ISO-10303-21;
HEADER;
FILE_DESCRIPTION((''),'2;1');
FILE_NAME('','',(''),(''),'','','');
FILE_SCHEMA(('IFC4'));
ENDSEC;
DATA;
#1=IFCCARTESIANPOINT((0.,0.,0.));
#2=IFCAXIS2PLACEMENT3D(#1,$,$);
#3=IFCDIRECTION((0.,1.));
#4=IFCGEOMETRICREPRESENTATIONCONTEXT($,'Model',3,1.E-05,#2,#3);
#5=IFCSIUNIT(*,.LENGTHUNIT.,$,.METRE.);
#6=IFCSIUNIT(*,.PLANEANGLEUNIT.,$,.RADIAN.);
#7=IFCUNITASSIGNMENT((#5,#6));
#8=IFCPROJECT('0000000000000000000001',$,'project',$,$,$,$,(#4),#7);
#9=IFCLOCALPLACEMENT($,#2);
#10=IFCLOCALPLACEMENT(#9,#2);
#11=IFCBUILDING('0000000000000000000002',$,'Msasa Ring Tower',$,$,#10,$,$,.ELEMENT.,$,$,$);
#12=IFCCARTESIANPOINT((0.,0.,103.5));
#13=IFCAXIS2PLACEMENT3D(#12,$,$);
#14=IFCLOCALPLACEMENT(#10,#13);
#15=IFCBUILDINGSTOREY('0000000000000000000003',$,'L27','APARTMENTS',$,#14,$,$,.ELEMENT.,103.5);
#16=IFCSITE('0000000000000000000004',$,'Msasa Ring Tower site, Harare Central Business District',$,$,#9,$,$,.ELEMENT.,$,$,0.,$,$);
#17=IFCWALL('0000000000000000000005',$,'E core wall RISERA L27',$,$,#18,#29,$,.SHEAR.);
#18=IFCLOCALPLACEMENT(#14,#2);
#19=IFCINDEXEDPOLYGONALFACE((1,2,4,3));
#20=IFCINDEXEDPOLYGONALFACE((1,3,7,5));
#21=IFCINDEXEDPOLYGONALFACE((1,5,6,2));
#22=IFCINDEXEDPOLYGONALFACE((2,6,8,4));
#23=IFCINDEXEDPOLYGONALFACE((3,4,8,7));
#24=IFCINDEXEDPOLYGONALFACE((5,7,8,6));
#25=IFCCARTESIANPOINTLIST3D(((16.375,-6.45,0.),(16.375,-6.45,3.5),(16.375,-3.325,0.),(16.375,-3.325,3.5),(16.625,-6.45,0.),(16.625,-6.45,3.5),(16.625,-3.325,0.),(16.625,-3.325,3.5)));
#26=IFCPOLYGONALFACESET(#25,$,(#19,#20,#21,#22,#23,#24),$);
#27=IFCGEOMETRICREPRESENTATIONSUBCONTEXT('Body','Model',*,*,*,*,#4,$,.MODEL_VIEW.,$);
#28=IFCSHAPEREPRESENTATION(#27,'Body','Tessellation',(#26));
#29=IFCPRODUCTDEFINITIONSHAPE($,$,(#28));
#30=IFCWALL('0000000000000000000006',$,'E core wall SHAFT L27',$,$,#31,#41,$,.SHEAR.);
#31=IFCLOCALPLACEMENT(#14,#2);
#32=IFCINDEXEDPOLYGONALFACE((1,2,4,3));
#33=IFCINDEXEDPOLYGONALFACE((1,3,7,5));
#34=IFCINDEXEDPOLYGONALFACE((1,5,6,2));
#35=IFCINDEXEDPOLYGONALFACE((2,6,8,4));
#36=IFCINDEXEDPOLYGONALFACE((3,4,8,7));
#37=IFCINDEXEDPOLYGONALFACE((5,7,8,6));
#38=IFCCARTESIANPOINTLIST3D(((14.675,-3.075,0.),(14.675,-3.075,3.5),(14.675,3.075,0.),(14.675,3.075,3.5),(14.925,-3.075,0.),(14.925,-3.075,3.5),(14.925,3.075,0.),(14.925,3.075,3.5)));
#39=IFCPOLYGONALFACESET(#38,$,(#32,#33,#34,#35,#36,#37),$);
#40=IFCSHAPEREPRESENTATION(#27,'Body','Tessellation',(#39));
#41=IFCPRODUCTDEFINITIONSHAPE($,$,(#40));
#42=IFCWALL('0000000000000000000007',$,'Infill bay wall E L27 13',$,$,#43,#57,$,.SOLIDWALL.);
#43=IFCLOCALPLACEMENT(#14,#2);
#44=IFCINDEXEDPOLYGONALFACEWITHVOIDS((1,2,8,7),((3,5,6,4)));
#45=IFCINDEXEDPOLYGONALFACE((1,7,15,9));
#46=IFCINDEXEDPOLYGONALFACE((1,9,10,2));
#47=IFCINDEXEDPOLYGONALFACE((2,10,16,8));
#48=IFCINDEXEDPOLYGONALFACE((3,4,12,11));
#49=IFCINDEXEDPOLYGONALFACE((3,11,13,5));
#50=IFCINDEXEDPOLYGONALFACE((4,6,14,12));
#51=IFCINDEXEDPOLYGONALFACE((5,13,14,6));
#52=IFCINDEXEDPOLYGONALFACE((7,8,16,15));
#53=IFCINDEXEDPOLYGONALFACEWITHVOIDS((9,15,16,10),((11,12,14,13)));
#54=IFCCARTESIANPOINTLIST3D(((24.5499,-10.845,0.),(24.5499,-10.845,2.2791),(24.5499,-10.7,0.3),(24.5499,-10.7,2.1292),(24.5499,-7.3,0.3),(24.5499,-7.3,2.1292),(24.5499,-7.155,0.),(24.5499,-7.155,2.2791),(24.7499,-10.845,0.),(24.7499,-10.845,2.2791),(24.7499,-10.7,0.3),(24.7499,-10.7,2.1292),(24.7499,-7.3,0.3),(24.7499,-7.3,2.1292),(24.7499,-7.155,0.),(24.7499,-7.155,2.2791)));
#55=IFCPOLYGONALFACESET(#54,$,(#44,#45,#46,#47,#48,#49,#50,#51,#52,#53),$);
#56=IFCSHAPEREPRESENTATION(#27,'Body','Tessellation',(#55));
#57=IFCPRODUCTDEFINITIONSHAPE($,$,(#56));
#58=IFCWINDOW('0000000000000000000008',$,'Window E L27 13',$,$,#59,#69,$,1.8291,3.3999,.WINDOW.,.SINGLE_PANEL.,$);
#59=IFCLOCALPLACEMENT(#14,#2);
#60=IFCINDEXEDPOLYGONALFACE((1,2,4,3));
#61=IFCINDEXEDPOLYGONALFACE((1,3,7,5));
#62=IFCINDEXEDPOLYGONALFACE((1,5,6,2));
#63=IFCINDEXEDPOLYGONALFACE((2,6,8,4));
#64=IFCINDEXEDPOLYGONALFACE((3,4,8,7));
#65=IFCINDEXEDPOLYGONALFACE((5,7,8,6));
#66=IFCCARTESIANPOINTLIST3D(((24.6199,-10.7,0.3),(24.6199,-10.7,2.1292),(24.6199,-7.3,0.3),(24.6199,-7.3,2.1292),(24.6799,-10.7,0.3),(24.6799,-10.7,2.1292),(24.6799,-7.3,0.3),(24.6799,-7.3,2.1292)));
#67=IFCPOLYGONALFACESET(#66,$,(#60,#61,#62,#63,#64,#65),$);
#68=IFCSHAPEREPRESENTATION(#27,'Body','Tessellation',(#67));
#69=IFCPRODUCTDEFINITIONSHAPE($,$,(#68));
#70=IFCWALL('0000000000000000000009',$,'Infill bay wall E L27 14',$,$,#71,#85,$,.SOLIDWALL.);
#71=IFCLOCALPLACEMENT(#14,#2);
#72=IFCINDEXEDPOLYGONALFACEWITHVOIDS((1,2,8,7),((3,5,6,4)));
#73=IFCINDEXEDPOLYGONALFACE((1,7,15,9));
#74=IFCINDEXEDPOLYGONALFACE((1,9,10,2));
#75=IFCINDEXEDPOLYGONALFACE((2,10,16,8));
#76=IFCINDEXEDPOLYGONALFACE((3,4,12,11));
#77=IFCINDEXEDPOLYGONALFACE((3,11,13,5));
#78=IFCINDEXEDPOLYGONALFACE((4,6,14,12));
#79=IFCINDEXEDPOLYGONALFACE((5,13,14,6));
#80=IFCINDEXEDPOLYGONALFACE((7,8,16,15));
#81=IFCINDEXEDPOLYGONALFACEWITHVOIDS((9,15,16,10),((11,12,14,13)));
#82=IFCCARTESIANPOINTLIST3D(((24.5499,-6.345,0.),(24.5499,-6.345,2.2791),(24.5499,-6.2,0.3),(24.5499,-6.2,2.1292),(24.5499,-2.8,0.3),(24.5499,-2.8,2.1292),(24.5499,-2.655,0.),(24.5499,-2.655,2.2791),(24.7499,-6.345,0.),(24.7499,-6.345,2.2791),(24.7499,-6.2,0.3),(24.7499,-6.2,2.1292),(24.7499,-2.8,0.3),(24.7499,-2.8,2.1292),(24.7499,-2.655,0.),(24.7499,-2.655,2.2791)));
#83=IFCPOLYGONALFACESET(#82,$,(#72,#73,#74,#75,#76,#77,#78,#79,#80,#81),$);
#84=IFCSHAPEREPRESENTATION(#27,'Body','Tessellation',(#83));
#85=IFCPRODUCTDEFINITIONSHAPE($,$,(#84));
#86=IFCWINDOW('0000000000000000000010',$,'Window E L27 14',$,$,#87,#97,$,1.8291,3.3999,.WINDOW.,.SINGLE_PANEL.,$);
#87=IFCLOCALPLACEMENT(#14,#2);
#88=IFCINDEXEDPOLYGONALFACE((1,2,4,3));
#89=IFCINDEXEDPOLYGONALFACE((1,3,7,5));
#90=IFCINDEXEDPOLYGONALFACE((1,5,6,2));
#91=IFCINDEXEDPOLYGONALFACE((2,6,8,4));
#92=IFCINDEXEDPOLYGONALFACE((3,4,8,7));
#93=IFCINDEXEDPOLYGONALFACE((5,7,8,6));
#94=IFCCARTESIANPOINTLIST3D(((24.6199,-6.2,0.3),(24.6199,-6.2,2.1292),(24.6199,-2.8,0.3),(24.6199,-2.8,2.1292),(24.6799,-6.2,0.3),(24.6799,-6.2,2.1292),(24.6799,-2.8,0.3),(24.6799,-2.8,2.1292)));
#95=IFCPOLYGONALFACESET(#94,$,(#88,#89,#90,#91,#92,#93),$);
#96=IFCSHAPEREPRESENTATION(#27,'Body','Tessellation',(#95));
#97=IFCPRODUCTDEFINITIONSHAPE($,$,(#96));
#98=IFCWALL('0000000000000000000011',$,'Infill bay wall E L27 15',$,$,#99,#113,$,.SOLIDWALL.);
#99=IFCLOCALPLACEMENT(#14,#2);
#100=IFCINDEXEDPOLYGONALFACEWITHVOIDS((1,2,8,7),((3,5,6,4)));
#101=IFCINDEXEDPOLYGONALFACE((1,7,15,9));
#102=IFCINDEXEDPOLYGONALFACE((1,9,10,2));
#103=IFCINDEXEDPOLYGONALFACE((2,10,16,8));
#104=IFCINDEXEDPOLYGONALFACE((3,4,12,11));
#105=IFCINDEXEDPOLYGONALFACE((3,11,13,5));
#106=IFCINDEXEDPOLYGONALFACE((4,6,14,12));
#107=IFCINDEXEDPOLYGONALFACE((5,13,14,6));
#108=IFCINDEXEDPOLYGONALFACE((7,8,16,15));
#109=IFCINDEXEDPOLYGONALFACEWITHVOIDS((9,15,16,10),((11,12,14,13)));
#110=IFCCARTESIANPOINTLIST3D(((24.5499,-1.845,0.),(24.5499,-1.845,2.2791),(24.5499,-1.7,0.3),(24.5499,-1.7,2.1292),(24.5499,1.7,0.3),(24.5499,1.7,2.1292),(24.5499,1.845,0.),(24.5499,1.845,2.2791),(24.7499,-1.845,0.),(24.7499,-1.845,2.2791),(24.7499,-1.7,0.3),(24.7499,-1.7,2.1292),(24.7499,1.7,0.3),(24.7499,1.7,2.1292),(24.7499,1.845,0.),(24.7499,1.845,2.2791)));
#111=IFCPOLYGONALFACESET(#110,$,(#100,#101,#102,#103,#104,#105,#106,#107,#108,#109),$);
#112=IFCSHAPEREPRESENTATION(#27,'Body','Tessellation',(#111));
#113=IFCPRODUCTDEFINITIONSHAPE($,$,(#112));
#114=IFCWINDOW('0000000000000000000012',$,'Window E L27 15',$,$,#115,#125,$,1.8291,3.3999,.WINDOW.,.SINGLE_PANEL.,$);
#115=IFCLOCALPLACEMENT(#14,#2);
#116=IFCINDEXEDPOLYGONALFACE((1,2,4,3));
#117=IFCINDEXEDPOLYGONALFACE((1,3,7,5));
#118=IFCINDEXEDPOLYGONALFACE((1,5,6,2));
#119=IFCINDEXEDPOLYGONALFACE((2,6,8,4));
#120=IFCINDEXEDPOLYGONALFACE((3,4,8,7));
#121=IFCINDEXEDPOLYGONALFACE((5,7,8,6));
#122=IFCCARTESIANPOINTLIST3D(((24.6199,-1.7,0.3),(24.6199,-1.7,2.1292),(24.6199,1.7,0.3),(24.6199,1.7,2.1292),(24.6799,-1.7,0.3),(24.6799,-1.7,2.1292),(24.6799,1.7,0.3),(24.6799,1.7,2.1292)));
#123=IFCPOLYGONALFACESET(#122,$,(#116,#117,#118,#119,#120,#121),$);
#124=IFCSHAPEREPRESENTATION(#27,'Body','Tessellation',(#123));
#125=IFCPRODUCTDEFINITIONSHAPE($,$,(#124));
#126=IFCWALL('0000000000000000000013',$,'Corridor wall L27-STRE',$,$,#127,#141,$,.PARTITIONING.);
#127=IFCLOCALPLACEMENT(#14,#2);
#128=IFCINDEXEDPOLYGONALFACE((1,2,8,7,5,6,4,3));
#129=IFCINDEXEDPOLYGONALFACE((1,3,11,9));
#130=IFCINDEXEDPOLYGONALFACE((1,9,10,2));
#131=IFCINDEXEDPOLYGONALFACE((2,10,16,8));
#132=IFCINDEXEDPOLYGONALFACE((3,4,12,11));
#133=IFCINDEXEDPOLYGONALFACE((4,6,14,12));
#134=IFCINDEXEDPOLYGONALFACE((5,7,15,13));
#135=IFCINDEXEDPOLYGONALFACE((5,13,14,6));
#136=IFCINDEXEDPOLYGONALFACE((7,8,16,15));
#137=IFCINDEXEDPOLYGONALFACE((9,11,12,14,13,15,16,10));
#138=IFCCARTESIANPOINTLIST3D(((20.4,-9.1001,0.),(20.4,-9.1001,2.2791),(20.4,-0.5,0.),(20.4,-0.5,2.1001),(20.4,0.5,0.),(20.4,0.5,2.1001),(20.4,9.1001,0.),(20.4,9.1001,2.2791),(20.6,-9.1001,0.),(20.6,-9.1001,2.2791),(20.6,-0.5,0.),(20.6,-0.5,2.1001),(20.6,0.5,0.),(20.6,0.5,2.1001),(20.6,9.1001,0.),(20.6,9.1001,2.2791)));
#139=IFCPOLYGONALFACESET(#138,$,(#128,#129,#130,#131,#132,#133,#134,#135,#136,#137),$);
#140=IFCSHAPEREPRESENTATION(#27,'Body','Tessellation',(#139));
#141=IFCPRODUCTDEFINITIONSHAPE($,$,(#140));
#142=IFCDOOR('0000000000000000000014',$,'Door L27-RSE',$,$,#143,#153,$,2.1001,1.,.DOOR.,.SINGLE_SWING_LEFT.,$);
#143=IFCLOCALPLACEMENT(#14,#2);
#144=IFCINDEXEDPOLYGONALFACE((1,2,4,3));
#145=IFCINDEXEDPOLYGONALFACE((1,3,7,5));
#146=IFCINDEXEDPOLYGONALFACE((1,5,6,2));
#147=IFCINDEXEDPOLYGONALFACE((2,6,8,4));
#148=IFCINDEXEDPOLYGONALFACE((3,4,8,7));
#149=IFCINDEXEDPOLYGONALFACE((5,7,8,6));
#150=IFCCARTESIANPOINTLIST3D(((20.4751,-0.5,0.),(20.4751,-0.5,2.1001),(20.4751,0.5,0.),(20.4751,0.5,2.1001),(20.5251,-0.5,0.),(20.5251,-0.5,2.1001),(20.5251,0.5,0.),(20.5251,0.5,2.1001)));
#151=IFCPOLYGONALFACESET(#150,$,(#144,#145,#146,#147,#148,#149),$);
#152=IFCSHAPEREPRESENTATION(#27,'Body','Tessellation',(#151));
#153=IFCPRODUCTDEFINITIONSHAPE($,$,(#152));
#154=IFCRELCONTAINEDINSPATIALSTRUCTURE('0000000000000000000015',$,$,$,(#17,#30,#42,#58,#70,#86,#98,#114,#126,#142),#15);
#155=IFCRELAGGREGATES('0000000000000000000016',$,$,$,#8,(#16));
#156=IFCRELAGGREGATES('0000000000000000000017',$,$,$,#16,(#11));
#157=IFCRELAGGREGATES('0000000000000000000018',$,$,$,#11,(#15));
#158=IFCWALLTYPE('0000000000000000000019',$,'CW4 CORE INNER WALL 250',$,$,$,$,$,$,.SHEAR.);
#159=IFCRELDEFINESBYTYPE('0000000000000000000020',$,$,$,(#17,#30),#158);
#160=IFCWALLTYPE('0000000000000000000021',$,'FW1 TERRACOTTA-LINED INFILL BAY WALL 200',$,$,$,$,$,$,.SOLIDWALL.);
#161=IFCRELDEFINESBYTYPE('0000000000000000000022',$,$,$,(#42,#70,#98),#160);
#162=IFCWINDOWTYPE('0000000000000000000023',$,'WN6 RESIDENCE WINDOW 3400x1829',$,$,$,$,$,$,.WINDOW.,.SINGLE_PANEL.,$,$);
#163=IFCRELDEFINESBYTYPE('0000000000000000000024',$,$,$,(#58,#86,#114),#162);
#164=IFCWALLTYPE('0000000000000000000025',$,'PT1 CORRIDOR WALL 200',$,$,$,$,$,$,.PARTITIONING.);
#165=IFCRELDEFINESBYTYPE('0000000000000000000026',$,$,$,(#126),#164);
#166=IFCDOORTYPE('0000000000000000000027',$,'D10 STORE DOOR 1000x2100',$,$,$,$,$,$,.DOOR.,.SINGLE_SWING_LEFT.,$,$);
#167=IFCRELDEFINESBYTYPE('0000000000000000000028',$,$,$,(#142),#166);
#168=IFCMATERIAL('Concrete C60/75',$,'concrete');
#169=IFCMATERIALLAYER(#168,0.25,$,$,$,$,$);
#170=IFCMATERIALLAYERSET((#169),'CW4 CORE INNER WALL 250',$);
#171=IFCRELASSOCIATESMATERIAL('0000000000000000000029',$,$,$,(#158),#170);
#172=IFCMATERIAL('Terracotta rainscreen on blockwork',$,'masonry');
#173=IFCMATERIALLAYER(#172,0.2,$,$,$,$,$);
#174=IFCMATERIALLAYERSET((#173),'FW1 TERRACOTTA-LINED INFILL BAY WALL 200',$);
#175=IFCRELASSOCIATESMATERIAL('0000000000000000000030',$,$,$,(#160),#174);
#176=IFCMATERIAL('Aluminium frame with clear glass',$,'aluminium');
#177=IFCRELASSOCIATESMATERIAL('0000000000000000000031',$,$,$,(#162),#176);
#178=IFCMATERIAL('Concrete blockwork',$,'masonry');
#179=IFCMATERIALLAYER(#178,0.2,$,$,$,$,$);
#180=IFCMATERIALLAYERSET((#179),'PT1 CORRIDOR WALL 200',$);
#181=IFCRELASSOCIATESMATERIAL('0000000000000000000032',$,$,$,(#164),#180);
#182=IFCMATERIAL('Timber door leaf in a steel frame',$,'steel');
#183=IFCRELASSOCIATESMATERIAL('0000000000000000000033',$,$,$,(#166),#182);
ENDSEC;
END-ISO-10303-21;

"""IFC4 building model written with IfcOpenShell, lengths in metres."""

from ifc_helpers import new_model, si_unit, direction, frame, frame_2d, origin, place, context, subcontext, project, spatial, rectangle, extrude, material, layer, layer_set, type_object, element, fill, save


model = new_model("IFC4")

# Units and contexts
model_context = context("Model", 3, precision=1e-05, world=origin(), true_north=direction((0.0, 1.0)))
body_context = subcontext(model_context, "Body", "Model", "MODEL_VIEW")
ifc_project = project(units=[si_unit("LENGTHUNIT", "METRE"), si_unit("PLANEANGLEUNIT", "RADIAN")], contexts=[model_context])

# Site, building, storey
site_placement = place(None, origin())
site = spatial("IfcSite", under=ifc_project, at=site_placement, Name="Msasa Ring Tower site, Harare Central Business District", CompositionType="ELEMENT", RefElevation=0.0)
building_placement = place(site_placement, origin())
building = spatial("IfcBuilding", under=site, at=building_placement, Name="Msasa Ring Tower", CompositionType="ELEMENT")
storey_placement = place(building_placement, frame((0.0, 0.0, 103.5)))
storey = spatial("IfcBuildingStorey", under=building, at=storey_placement, Name="L27", Description="APARTMENTS", CompositionType="ELEMENT", Elevation=103.5)

# Walls
ifc_material_1 = material(Name="Concrete C60/75", Category="concrete")
ifc_layer_1 = layer(ifc_material_1, 0.25)
ifc_layer_set_1 = layer_set([ifc_layer_1], Name="CW4 CORE INNER WALL 250")
wall_type_1 = type_object("IfcWallType", Name="CW4 CORE INNER WALL 250", PredefinedType="SHEAR", material=ifc_layer_set_1)
wall_1_placement = place(storey_placement, frame((16.5, -6.45, 0.0), z_axis=(0.0, 0.0, 1.0), x_axis=(0.0, 1.0, 0.0)))
element("IfcWall", 1, at=wall_1_placement, inside=storey, type_object=wall_type_1, Name="E core wall RISERA L27", PredefinedType="SHEAR", context=body_context, shape_type="SweptSolid", body=[
    extrude(rectangle(XDim=3.125, YDim=0.25, at=frame_2d((1.5625, 0.0))), origin(), (0.0, 0.0, 1.0), 3.5),
])
wall_2_placement = place(storey_placement, frame((14.8, -3.075, 0.0), z_axis=(0.0, 0.0, 1.0), x_axis=(0.0, 1.0, 0.0)))
element("IfcWall", 2, at=wall_2_placement, inside=storey, type_object=wall_type_1, Name="E core wall SHAFT L27", PredefinedType="SHEAR", context=body_context, shape_type="SweptSolid", body=[
    extrude(rectangle(XDim=6.1499, YDim=0.25, at=frame_2d((3.075, 0.0))), origin(), (0.0, 0.0, 1.0), 3.5),
])

# Walls, openings, windows
ifc_material_2 = material(Name="Terracotta rainscreen on blockwork", Category="masonry")
ifc_layer_2 = layer(ifc_material_2, 0.2)
ifc_layer_set_2 = layer_set([ifc_layer_2], Name="FW1 TERRACOTTA-LINED INFILL BAY WALL 200")
wall_type_2 = type_object("IfcWallType", Name="FW1 TERRACOTTA-LINED INFILL BAY WALL 200", PredefinedType="SOLIDWALL", material=ifc_layer_set_2)
wall_3_placement = place(storey_placement, frame((24.6499, -10.845, 0.0), z_axis=(0.0, 0.0, 1.0), x_axis=(0.0, 1.0, 0.0)))
wall_3 = element("IfcWall", 3, at=wall_3_placement, inside=storey, type_object=wall_type_2, Name="Infill bay wall E L27 13", PredefinedType="SOLIDWALL", context=body_context, shape_type="SweptSolid", body=[
    extrude(rectangle(XDim=3.6899, YDim=0.2, at=frame_2d((1.845, 0.0))), origin(), (0.0, 0.0, 1.0), 2.2791),
])
opening_1_placement = place(wall_3_placement, frame((0.145, 0.0, 0.3)))
opening_1 = element("IfcOpeningElement", 4, at=opening_1_placement, cuts=wall_3, PredefinedType="OPENING", context=body_context, shape_type="SweptSolid", body=[
    extrude(rectangle(XDim=3.3999, YDim=1.8291, at=frame_2d((1.7, 0.9146))), frame((0.0, 0.1099, 0.0), z_axis=(0.0, -1.0, 0.0), x_axis=(1.0, 0.0, 0.0)), (0.0, 0.0, 1.0), 0.22),
])
ifc_material_3 = material(Name="Aluminium frame with clear glass", Category="aluminium")
window_type = type_object("IfcWindowType", Name="WN6 RESIDENCE WINDOW 3400x1829", PartitioningType="SINGLE_PANEL", PredefinedType="WINDOW", material=ifc_material_3)
window_1_placement = place(opening_1_placement, origin())
window_1 = element("IfcWindow", 5, at=window_1_placement, inside=storey, type_object=window_type, Name="Window E L27 13", OverallHeight=1.8291, OverallWidth=3.3999, PartitioningType="SINGLE_PANEL", PredefinedType="WINDOW", context=body_context, shape_type="SweptSolid", body=[
    extrude(rectangle(XDim=3.3999, YDim=1.8291, at=frame_2d((1.7, 0.9146))), frame((0.0, 0.03, 0.0), z_axis=(0.0, -1.0, 0.0), x_axis=(1.0, 0.0, 0.0)), (0.0, 0.0, 1.0), 0.0601),
])
fill(opening_1, window_1)
wall_4_placement = place(storey_placement, frame((24.6499, -6.345, 0.0), z_axis=(0.0, 0.0, 1.0), x_axis=(0.0, 1.0, 0.0)))
wall_4 = element("IfcWall", 6, at=wall_4_placement, inside=storey, type_object=wall_type_2, Name="Infill bay wall E L27 14", PredefinedType="SOLIDWALL", context=body_context, shape_type="SweptSolid", body=[
    extrude(rectangle(XDim=3.6899, YDim=0.2, at=frame_2d((1.845, 0.0))), origin(), (0.0, 0.0, 1.0), 2.2791),
])
opening_2_placement = place(wall_4_placement, frame((0.145, 0.0, 0.3)))
opening_2 = element("IfcOpeningElement", 7, at=opening_2_placement, cuts=wall_4, PredefinedType="OPENING", context=body_context, shape_type="SweptSolid", body=[
    extrude(rectangle(XDim=3.3999, YDim=1.8291, at=frame_2d((1.7, 0.9146))), frame((0.0, 0.1099, 0.0), z_axis=(0.0, -1.0, 0.0), x_axis=(1.0, 0.0, 0.0)), (0.0, 0.0, 1.0), 0.22),
])
window_2_placement = place(opening_2_placement, origin())
window_2 = element("IfcWindow", 8, at=window_2_placement, inside=storey, type_object=window_type, Name="Window E L27 14", OverallHeight=1.8291, OverallWidth=3.3999, PartitioningType="SINGLE_PANEL", PredefinedType="WINDOW", context=body_context, shape_type="SweptSolid", body=[
    extrude(rectangle(XDim=3.3999, YDim=1.8291, at=frame_2d((1.7, 0.9146))), frame((0.0, 0.03, 0.0), z_axis=(0.0, -1.0, 0.0), x_axis=(1.0, 0.0, 0.0)), (0.0, 0.0, 1.0), 0.0601),
])
fill(opening_2, window_2)
wall_5_placement = place(storey_placement, frame((24.6499, -1.845, 0.0), z_axis=(0.0, 0.0, 1.0), x_axis=(0.0, 1.0, 0.0)))
wall_5 = element("IfcWall", 9, at=wall_5_placement, inside=storey, type_object=wall_type_2, Name="Infill bay wall E L27 15", PredefinedType="SOLIDWALL", context=body_context, shape_type="SweptSolid", body=[
    extrude(rectangle(XDim=3.6899, YDim=0.2, at=frame_2d((1.845, 0.0))), origin(), (0.0, 0.0, 1.0), 2.2791),
])
opening_3_placement = place(wall_5_placement, frame((0.145, 0.0, 0.3)))
opening_3 = element("IfcOpeningElement", 10, at=opening_3_placement, cuts=wall_5, PredefinedType="OPENING", context=body_context, shape_type="SweptSolid", body=[
    extrude(rectangle(XDim=3.3999, YDim=1.8291, at=frame_2d((1.7, 0.9146))), frame((0.0, 0.1099, 0.0), z_axis=(0.0, -1.0, 0.0), x_axis=(1.0, 0.0, 0.0)), (0.0, 0.0, 1.0), 0.22),
])
window_3_placement = place(opening_3_placement, origin())
window_3 = element("IfcWindow", 11, at=window_3_placement, inside=storey, type_object=window_type, Name="Window E L27 15", OverallHeight=1.8291, OverallWidth=3.3999, PartitioningType="SINGLE_PANEL", PredefinedType="WINDOW", context=body_context, shape_type="SweptSolid", body=[
    extrude(rectangle(XDim=3.3999, YDim=1.8291, at=frame_2d((1.7, 0.9146))), frame((0.0, 0.03, 0.0), z_axis=(0.0, -1.0, 0.0), x_axis=(1.0, 0.0, 0.0)), (0.0, 0.0, 1.0), 0.0601),
])
fill(opening_3, window_3)

# Wall, opening, door
ifc_material_4 = material(Name="Concrete blockwork", Category="masonry")
ifc_layer_3 = layer(ifc_material_4, 0.2)
ifc_layer_set_3 = layer_set([ifc_layer_3], Name="PT1 CORRIDOR WALL 200")
wall_type_3 = type_object("IfcWallType", Name="PT1 CORRIDOR WALL 200", PredefinedType="PARTITIONING", material=ifc_layer_set_3)
wall_6_placement = place(storey_placement, frame((20.5, -9.1001, 0.0), z_axis=(0.0, 0.0, 1.0), x_axis=(0.0, 1.0, 0.0)))
wall_6 = element("IfcWall", 12, at=wall_6_placement, inside=storey, type_object=wall_type_3, Name="Corridor wall L27-STRE", PredefinedType="PARTITIONING", context=body_context, shape_type="SweptSolid", body=[
    extrude(rectangle(XDim=18.2002, YDim=0.2, at=frame_2d((9.1001, 0.0))), origin(), (0.0, 0.0, 1.0), 2.2791),
])
opening_4_placement = place(wall_6_placement, frame((8.6001, 0.0, 0.0)))
opening_4 = element("IfcOpeningElement", 13, at=opening_4_placement, cuts=wall_6, PredefinedType="OPENING", context=body_context, shape_type="SweptSolid", body=[
    extrude(rectangle(XDim=1.0, YDim=2.1001, at=frame_2d((0.5, 1.05))), frame((0.0, 0.1099, 0.0), z_axis=(0.0, -1.0, 0.0), x_axis=(1.0, 0.0, 0.0)), (0.0, 0.0, 1.0), 0.22),
])
ifc_material_5 = material(Name="Timber door leaf in a steel frame", Category="steel")
door_type = type_object("IfcDoorType", Name="D10 STORE DOOR 1000x2100", OperationType="SINGLE_SWING_LEFT", PredefinedType="DOOR", material=ifc_material_5)
door_placement = place(opening_4_placement, origin())
door = element("IfcDoor", 14, at=door_placement, inside=storey, type_object=door_type, Name="Door L27-RSE", OperationType="SINGLE_SWING_LEFT", OverallHeight=2.1001, OverallWidth=1.0, PredefinedType="DOOR", context=body_context, shape_type="SweptSolid", body=[
    extrude(rectangle(XDim=1.0, YDim=2.1001, at=frame_2d((0.5, 1.05))), frame((0.0, 0.0249, 0.0), z_axis=(0.0, -1.0, 0.0), x_axis=(1.0, 0.0, 0.0)), (0.0, 0.0, 1.0), 0.05),
])
fill(opening_4, door)

save(model, "model.ifc")
